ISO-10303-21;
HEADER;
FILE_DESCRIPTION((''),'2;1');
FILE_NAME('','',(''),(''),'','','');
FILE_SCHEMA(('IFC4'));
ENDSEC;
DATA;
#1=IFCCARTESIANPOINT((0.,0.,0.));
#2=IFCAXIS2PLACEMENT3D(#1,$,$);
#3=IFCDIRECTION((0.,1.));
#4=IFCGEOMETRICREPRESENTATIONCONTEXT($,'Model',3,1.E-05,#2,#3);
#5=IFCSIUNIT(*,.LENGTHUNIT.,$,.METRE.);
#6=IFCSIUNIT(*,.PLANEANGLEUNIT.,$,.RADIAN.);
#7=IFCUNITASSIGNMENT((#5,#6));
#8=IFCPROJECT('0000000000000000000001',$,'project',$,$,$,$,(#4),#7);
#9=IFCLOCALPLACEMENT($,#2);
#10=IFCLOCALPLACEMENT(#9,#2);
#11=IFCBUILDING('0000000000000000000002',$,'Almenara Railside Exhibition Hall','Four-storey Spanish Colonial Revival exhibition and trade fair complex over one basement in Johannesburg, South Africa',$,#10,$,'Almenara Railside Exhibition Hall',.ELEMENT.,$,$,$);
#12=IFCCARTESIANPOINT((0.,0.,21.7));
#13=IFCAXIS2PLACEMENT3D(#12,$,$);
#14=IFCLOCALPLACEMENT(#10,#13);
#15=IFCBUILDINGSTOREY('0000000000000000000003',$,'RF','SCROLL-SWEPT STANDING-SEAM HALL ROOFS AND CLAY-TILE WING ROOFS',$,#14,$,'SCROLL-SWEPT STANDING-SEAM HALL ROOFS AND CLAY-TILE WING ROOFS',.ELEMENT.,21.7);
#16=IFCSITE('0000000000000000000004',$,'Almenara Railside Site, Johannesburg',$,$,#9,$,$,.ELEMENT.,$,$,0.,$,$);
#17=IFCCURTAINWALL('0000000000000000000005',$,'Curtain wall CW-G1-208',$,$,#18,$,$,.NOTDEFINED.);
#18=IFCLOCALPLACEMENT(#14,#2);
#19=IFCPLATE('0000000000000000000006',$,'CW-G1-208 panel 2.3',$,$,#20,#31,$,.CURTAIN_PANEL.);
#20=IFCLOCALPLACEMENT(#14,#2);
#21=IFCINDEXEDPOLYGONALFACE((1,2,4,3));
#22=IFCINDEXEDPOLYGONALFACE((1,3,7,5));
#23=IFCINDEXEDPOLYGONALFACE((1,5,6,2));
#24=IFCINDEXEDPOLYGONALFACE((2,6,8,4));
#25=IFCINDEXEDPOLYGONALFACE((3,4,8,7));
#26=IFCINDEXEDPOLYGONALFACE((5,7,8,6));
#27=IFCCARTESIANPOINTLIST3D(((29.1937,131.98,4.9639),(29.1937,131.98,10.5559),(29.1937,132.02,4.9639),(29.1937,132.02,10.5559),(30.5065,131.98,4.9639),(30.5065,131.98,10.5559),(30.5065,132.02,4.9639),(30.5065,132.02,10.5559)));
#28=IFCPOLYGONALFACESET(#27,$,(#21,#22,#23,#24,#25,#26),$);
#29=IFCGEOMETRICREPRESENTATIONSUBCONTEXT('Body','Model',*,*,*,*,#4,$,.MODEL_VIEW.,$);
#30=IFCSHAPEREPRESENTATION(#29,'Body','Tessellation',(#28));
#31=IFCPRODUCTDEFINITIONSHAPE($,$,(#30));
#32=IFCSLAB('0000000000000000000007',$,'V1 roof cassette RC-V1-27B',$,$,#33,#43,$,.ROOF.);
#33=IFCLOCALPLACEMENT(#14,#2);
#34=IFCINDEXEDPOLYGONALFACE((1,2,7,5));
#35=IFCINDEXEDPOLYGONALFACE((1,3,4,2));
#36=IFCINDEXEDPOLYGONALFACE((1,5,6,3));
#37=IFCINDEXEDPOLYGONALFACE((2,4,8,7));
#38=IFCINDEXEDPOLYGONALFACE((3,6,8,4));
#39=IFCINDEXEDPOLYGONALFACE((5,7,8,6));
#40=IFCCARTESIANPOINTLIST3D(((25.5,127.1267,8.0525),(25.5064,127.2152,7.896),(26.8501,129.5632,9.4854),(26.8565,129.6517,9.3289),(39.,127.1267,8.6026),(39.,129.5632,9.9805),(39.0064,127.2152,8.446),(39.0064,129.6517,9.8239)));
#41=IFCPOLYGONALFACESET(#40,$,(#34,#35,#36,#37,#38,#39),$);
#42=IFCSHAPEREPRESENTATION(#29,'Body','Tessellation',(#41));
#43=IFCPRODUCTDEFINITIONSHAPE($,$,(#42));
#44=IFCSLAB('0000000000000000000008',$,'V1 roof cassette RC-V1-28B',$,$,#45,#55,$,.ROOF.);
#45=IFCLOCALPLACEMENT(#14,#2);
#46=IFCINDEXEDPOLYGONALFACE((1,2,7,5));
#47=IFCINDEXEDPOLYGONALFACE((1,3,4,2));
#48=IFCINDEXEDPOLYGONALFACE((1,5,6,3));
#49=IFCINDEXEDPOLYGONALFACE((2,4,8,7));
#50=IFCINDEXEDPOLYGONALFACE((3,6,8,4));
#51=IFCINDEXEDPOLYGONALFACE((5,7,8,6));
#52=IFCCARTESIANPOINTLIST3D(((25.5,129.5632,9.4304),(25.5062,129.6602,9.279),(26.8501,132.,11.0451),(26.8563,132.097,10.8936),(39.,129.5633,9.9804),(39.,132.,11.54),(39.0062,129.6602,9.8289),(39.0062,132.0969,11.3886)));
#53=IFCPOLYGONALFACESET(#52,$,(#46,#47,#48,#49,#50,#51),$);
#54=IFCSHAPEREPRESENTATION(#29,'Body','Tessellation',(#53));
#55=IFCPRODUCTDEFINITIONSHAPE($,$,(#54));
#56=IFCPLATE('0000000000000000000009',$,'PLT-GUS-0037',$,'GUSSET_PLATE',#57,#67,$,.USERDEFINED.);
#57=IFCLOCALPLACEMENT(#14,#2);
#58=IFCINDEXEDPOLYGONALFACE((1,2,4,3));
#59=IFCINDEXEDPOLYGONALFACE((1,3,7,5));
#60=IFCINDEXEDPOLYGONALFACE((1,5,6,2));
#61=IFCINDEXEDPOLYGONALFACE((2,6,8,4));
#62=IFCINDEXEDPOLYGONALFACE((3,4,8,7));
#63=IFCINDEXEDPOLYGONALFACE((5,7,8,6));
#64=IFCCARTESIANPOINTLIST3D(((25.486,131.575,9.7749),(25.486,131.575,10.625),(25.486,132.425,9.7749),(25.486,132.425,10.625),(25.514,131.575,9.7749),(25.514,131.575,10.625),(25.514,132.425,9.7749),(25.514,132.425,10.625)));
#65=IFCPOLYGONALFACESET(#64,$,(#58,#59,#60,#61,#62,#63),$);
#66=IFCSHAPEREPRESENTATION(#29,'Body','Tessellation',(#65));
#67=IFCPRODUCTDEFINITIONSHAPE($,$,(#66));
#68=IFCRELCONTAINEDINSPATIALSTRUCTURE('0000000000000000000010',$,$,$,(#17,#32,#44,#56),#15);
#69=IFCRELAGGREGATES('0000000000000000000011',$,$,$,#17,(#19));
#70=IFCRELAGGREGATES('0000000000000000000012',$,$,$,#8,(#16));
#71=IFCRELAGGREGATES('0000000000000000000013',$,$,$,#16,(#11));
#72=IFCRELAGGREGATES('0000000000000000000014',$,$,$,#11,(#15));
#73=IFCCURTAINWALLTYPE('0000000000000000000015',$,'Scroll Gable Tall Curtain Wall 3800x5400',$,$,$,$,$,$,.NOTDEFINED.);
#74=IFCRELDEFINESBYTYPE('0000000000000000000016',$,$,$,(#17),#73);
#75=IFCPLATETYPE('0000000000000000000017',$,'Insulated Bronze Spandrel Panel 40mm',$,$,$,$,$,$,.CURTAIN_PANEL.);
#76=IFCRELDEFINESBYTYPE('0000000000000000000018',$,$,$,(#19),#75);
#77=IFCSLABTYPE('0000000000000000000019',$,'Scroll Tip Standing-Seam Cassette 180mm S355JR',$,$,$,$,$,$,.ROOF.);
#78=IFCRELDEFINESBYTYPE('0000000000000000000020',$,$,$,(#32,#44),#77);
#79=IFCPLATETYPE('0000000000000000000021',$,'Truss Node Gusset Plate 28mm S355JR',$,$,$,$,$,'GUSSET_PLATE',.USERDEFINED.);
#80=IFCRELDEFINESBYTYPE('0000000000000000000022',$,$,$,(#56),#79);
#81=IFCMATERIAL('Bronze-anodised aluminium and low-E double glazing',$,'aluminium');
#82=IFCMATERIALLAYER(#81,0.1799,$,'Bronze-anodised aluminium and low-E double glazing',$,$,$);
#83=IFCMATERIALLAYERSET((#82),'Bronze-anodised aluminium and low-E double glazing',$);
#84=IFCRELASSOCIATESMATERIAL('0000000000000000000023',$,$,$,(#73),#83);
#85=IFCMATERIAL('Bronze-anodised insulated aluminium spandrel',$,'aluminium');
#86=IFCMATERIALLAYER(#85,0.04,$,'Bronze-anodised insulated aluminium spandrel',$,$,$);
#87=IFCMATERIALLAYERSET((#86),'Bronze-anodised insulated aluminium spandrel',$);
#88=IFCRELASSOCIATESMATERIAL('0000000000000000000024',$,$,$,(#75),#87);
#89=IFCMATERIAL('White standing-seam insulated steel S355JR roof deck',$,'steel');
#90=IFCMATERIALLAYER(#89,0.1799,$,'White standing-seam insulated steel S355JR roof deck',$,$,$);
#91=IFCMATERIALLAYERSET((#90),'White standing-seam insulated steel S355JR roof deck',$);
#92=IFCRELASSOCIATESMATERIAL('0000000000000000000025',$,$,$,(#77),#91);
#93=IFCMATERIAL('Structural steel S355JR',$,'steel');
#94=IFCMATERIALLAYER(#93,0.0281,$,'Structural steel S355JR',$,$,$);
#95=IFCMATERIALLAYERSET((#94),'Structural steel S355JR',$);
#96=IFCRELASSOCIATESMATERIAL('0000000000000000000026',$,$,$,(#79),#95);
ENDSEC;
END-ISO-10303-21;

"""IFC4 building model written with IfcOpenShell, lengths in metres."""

from ifc_helpers import new_model, si_unit, direction, frame, origin, origin_2d, place, context, subcontext, project, spatial, polyline, rectangle, outline, extrude, material, layer, layer_set, type_object, element, aggregate, save


model = new_model("IFC4")

# Units and contexts
model_context = context("Model", 3, precision=1e-05, world=origin(), true_north=direction((0.0, 1.0)))
body_context = subcontext(model_context, "Body", "Model", "MODEL_VIEW")
ifc_project = project(units=[si_unit("LENGTHUNIT", "METRE"), si_unit("PLANEANGLEUNIT", "RADIAN")], contexts=[model_context])

# Site, building, storey
site_placement = place(None, origin())
site = spatial("IfcSite", under=ifc_project, at=site_placement, Name="Almenara Railside Site, Johannesburg", CompositionType="ELEMENT", RefElevation=0.0)
building_placement = place(site_placement, origin())
building = spatial("IfcBuilding", under=site, at=building_placement, Name="Almenara Railside Exhibition Hall", Description="Four-storey Spanish Colonial Revival exhibition and trade fair complex over one basement in Johannesburg, South Africa", LongName="Almenara Railside Exhibition Hall", CompositionType="ELEMENT")
storey_placement = place(building_placement, frame((0.0, 0.0, 21.7)))
storey = spatial("IfcBuildingStorey", under=building, at=storey_placement, Name="RF", Description="SCROLL-SWEPT STANDING-SEAM HALL ROOFS AND CLAY-TILE WING ROOFS", LongName="SCROLL-SWEPT STANDING-SEAM HALL ROOFS AND CLAY-TILE WING ROOFS", CompositionType="ELEMENT", Elevation=21.7)

# Shared definitions
ifc_material_1 = material(Name="Structural steel S355JR", Category="steel")

# Shared definitions
ifc_material_2 = material(Name="Bronze-anodised aluminium and low-E double glazing", Category="aluminium")
ifc_layer_1 = layer(ifc_material_2, 0.1799, Name="Bronze-anodised aluminium and low-E double glazing")
ifc_layer_set_1 = layer_set([ifc_layer_1], Name="Bronze-anodised aluminium and low-E double glazing")
curtain_wall_type = type_object("IfcCurtainWallType", Name="Scroll Gable Tall Curtain Wall 3800x5400", PredefinedType="NOTDEFINED", material=ifc_layer_set_1)

# Curtain wall
curtain_wall_1_placement = place(storey_placement, origin())
curtain_wall_1 = element("IfcCurtainWall", 1, at=curtain_wall_1_placement, inside=storey, type_object=curtain_wall_type, Name="Curtain wall CW-G1-208", PredefinedType="NOTDEFINED")

# Plate
ifc_material_3 = material(Name="Bronze-anodised insulated aluminium spandrel", Category="aluminium")
ifc_layer_2 = layer(ifc_material_3, 0.04, Name="Bronze-anodised insulated aluminium spandrel")
ifc_layer_set_2 = layer_set([ifc_layer_2], Name="Bronze-anodised insulated aluminium spandrel")
plate_type_1 = type_object("IfcPlateType", Name="Insulated Bronze Spandrel Panel 40mm", PredefinedType="CURTAIN_PANEL", material=ifc_layer_set_2)
plate_1_placement = place(storey_placement, frame((29.8501, 132.0, 4.9639), z_axis=(0.0, 0.0, 1.0), x_axis=(1.0, 0.0, 0.0)))
plate_1 = element("IfcPlate", 2, at=plate_1_placement, type_object=plate_type_1, Name="CW-G1-208 panel 2.3", PredefinedType="CURTAIN_PANEL", context=body_context, shape_type="SweptSolid", body=[
    extrude(rectangle(XDim=1.3127, YDim=0.04, at=origin_2d()), origin(), (0.0, 0.0, 1.0), 5.592),
])
aggregate(curtain_wall_1, [plate_1])

# Slabs
ifc_material_4 = material(Name="White standing-seam insulated steel S355JR roof deck", Category="steel")
ifc_layer_3 = layer(ifc_material_4, 0.1799, Name="White standing-seam insulated steel S355JR roof deck")
ifc_layer_set_3 = layer_set([ifc_layer_3], Name="White standing-seam insulated steel S355JR roof deck")
slab_type = type_object("IfcSlabType", Name="Scroll Tip Standing-Seam Cassette 180mm S355JR", PredefinedType="ROOF", material=ifc_layer_set_3)
slab_1_placement = place(storey_placement, frame((25.5, 127.1267, 8.0525), z_axis=(-0.035446, -0.491944, 0.869905), x_axis=(0.999171, -0.000001, 0.040713)))
element("IfcSlab", 3, at=slab_1_placement, inside=storey, type_object=slab_type, Name="V1 roof cassette RC-V1-27B", PredefinedType="ROOF", context=body_context, shape_type="SweptSolid", body=[
    extrude(outline(polyline([(0.0, 0.0), (13.5112, 0.0), (13.5673, 2.7986), (1.4073, 2.7986), (0.0, 0.0)])), origin(), (0.0, 0.0, -1.0), 0.1799),
])
slab_2_placement = place(storey_placement, frame((25.5, 129.5632, 9.4304), z_axis=(-0.034291, -0.538768, 0.841756), x_axis=(0.999171, 0.000003, 0.040706)))
element("IfcSlab", 4, at=slab_2_placement, inside=storey, type_object=slab_type, Name="V1 roof cassette RC-V1-28B", PredefinedType="ROOF", context=body_context, shape_type="SweptSolid", body=[
    extrude(outline(polyline([(0.0, 0.0), (13.5112, 0.0), (13.5747, 2.8924), (1.4147, 2.8925), (0.0, 0.0)])), origin(), (0.0, 0.0, -1.0), 0.1799),
])

# Plate
ifc_layer_4 = layer(ifc_material_1, 0.0281, Name="Structural steel S355JR")
ifc_layer_set_4 = layer_set([ifc_layer_4], Name="Structural steel S355JR")
plate_type_2 = type_object("IfcPlateType", Name="Truss Node Gusset Plate 28mm S355JR", ElementType="GUSSET_PLATE", PredefinedType="USERDEFINED", material=ifc_layer_set_4)
plate_2_placement = place(storey_placement, frame((25.5, 132.0, 9.7749), z_axis=(0.0, 0.0, 1.0), x_axis=(0.0, 1.0, 0.0)))
element("IfcPlate", 5, at=plate_2_placement, inside=storey, type_object=plate_type_2, Name="PLT-GUS-0037", ObjectType="GUSSET_PLATE", PredefinedType="USERDEFINED", context=body_context, shape_type="SweptSolid", body=[
    extrude(rectangle(XDim=0.8501, YDim=0.0281, at=origin_2d()), origin(), (0.0, 0.0, 1.0), 0.8501),
])

save(model, "model.ifc")
